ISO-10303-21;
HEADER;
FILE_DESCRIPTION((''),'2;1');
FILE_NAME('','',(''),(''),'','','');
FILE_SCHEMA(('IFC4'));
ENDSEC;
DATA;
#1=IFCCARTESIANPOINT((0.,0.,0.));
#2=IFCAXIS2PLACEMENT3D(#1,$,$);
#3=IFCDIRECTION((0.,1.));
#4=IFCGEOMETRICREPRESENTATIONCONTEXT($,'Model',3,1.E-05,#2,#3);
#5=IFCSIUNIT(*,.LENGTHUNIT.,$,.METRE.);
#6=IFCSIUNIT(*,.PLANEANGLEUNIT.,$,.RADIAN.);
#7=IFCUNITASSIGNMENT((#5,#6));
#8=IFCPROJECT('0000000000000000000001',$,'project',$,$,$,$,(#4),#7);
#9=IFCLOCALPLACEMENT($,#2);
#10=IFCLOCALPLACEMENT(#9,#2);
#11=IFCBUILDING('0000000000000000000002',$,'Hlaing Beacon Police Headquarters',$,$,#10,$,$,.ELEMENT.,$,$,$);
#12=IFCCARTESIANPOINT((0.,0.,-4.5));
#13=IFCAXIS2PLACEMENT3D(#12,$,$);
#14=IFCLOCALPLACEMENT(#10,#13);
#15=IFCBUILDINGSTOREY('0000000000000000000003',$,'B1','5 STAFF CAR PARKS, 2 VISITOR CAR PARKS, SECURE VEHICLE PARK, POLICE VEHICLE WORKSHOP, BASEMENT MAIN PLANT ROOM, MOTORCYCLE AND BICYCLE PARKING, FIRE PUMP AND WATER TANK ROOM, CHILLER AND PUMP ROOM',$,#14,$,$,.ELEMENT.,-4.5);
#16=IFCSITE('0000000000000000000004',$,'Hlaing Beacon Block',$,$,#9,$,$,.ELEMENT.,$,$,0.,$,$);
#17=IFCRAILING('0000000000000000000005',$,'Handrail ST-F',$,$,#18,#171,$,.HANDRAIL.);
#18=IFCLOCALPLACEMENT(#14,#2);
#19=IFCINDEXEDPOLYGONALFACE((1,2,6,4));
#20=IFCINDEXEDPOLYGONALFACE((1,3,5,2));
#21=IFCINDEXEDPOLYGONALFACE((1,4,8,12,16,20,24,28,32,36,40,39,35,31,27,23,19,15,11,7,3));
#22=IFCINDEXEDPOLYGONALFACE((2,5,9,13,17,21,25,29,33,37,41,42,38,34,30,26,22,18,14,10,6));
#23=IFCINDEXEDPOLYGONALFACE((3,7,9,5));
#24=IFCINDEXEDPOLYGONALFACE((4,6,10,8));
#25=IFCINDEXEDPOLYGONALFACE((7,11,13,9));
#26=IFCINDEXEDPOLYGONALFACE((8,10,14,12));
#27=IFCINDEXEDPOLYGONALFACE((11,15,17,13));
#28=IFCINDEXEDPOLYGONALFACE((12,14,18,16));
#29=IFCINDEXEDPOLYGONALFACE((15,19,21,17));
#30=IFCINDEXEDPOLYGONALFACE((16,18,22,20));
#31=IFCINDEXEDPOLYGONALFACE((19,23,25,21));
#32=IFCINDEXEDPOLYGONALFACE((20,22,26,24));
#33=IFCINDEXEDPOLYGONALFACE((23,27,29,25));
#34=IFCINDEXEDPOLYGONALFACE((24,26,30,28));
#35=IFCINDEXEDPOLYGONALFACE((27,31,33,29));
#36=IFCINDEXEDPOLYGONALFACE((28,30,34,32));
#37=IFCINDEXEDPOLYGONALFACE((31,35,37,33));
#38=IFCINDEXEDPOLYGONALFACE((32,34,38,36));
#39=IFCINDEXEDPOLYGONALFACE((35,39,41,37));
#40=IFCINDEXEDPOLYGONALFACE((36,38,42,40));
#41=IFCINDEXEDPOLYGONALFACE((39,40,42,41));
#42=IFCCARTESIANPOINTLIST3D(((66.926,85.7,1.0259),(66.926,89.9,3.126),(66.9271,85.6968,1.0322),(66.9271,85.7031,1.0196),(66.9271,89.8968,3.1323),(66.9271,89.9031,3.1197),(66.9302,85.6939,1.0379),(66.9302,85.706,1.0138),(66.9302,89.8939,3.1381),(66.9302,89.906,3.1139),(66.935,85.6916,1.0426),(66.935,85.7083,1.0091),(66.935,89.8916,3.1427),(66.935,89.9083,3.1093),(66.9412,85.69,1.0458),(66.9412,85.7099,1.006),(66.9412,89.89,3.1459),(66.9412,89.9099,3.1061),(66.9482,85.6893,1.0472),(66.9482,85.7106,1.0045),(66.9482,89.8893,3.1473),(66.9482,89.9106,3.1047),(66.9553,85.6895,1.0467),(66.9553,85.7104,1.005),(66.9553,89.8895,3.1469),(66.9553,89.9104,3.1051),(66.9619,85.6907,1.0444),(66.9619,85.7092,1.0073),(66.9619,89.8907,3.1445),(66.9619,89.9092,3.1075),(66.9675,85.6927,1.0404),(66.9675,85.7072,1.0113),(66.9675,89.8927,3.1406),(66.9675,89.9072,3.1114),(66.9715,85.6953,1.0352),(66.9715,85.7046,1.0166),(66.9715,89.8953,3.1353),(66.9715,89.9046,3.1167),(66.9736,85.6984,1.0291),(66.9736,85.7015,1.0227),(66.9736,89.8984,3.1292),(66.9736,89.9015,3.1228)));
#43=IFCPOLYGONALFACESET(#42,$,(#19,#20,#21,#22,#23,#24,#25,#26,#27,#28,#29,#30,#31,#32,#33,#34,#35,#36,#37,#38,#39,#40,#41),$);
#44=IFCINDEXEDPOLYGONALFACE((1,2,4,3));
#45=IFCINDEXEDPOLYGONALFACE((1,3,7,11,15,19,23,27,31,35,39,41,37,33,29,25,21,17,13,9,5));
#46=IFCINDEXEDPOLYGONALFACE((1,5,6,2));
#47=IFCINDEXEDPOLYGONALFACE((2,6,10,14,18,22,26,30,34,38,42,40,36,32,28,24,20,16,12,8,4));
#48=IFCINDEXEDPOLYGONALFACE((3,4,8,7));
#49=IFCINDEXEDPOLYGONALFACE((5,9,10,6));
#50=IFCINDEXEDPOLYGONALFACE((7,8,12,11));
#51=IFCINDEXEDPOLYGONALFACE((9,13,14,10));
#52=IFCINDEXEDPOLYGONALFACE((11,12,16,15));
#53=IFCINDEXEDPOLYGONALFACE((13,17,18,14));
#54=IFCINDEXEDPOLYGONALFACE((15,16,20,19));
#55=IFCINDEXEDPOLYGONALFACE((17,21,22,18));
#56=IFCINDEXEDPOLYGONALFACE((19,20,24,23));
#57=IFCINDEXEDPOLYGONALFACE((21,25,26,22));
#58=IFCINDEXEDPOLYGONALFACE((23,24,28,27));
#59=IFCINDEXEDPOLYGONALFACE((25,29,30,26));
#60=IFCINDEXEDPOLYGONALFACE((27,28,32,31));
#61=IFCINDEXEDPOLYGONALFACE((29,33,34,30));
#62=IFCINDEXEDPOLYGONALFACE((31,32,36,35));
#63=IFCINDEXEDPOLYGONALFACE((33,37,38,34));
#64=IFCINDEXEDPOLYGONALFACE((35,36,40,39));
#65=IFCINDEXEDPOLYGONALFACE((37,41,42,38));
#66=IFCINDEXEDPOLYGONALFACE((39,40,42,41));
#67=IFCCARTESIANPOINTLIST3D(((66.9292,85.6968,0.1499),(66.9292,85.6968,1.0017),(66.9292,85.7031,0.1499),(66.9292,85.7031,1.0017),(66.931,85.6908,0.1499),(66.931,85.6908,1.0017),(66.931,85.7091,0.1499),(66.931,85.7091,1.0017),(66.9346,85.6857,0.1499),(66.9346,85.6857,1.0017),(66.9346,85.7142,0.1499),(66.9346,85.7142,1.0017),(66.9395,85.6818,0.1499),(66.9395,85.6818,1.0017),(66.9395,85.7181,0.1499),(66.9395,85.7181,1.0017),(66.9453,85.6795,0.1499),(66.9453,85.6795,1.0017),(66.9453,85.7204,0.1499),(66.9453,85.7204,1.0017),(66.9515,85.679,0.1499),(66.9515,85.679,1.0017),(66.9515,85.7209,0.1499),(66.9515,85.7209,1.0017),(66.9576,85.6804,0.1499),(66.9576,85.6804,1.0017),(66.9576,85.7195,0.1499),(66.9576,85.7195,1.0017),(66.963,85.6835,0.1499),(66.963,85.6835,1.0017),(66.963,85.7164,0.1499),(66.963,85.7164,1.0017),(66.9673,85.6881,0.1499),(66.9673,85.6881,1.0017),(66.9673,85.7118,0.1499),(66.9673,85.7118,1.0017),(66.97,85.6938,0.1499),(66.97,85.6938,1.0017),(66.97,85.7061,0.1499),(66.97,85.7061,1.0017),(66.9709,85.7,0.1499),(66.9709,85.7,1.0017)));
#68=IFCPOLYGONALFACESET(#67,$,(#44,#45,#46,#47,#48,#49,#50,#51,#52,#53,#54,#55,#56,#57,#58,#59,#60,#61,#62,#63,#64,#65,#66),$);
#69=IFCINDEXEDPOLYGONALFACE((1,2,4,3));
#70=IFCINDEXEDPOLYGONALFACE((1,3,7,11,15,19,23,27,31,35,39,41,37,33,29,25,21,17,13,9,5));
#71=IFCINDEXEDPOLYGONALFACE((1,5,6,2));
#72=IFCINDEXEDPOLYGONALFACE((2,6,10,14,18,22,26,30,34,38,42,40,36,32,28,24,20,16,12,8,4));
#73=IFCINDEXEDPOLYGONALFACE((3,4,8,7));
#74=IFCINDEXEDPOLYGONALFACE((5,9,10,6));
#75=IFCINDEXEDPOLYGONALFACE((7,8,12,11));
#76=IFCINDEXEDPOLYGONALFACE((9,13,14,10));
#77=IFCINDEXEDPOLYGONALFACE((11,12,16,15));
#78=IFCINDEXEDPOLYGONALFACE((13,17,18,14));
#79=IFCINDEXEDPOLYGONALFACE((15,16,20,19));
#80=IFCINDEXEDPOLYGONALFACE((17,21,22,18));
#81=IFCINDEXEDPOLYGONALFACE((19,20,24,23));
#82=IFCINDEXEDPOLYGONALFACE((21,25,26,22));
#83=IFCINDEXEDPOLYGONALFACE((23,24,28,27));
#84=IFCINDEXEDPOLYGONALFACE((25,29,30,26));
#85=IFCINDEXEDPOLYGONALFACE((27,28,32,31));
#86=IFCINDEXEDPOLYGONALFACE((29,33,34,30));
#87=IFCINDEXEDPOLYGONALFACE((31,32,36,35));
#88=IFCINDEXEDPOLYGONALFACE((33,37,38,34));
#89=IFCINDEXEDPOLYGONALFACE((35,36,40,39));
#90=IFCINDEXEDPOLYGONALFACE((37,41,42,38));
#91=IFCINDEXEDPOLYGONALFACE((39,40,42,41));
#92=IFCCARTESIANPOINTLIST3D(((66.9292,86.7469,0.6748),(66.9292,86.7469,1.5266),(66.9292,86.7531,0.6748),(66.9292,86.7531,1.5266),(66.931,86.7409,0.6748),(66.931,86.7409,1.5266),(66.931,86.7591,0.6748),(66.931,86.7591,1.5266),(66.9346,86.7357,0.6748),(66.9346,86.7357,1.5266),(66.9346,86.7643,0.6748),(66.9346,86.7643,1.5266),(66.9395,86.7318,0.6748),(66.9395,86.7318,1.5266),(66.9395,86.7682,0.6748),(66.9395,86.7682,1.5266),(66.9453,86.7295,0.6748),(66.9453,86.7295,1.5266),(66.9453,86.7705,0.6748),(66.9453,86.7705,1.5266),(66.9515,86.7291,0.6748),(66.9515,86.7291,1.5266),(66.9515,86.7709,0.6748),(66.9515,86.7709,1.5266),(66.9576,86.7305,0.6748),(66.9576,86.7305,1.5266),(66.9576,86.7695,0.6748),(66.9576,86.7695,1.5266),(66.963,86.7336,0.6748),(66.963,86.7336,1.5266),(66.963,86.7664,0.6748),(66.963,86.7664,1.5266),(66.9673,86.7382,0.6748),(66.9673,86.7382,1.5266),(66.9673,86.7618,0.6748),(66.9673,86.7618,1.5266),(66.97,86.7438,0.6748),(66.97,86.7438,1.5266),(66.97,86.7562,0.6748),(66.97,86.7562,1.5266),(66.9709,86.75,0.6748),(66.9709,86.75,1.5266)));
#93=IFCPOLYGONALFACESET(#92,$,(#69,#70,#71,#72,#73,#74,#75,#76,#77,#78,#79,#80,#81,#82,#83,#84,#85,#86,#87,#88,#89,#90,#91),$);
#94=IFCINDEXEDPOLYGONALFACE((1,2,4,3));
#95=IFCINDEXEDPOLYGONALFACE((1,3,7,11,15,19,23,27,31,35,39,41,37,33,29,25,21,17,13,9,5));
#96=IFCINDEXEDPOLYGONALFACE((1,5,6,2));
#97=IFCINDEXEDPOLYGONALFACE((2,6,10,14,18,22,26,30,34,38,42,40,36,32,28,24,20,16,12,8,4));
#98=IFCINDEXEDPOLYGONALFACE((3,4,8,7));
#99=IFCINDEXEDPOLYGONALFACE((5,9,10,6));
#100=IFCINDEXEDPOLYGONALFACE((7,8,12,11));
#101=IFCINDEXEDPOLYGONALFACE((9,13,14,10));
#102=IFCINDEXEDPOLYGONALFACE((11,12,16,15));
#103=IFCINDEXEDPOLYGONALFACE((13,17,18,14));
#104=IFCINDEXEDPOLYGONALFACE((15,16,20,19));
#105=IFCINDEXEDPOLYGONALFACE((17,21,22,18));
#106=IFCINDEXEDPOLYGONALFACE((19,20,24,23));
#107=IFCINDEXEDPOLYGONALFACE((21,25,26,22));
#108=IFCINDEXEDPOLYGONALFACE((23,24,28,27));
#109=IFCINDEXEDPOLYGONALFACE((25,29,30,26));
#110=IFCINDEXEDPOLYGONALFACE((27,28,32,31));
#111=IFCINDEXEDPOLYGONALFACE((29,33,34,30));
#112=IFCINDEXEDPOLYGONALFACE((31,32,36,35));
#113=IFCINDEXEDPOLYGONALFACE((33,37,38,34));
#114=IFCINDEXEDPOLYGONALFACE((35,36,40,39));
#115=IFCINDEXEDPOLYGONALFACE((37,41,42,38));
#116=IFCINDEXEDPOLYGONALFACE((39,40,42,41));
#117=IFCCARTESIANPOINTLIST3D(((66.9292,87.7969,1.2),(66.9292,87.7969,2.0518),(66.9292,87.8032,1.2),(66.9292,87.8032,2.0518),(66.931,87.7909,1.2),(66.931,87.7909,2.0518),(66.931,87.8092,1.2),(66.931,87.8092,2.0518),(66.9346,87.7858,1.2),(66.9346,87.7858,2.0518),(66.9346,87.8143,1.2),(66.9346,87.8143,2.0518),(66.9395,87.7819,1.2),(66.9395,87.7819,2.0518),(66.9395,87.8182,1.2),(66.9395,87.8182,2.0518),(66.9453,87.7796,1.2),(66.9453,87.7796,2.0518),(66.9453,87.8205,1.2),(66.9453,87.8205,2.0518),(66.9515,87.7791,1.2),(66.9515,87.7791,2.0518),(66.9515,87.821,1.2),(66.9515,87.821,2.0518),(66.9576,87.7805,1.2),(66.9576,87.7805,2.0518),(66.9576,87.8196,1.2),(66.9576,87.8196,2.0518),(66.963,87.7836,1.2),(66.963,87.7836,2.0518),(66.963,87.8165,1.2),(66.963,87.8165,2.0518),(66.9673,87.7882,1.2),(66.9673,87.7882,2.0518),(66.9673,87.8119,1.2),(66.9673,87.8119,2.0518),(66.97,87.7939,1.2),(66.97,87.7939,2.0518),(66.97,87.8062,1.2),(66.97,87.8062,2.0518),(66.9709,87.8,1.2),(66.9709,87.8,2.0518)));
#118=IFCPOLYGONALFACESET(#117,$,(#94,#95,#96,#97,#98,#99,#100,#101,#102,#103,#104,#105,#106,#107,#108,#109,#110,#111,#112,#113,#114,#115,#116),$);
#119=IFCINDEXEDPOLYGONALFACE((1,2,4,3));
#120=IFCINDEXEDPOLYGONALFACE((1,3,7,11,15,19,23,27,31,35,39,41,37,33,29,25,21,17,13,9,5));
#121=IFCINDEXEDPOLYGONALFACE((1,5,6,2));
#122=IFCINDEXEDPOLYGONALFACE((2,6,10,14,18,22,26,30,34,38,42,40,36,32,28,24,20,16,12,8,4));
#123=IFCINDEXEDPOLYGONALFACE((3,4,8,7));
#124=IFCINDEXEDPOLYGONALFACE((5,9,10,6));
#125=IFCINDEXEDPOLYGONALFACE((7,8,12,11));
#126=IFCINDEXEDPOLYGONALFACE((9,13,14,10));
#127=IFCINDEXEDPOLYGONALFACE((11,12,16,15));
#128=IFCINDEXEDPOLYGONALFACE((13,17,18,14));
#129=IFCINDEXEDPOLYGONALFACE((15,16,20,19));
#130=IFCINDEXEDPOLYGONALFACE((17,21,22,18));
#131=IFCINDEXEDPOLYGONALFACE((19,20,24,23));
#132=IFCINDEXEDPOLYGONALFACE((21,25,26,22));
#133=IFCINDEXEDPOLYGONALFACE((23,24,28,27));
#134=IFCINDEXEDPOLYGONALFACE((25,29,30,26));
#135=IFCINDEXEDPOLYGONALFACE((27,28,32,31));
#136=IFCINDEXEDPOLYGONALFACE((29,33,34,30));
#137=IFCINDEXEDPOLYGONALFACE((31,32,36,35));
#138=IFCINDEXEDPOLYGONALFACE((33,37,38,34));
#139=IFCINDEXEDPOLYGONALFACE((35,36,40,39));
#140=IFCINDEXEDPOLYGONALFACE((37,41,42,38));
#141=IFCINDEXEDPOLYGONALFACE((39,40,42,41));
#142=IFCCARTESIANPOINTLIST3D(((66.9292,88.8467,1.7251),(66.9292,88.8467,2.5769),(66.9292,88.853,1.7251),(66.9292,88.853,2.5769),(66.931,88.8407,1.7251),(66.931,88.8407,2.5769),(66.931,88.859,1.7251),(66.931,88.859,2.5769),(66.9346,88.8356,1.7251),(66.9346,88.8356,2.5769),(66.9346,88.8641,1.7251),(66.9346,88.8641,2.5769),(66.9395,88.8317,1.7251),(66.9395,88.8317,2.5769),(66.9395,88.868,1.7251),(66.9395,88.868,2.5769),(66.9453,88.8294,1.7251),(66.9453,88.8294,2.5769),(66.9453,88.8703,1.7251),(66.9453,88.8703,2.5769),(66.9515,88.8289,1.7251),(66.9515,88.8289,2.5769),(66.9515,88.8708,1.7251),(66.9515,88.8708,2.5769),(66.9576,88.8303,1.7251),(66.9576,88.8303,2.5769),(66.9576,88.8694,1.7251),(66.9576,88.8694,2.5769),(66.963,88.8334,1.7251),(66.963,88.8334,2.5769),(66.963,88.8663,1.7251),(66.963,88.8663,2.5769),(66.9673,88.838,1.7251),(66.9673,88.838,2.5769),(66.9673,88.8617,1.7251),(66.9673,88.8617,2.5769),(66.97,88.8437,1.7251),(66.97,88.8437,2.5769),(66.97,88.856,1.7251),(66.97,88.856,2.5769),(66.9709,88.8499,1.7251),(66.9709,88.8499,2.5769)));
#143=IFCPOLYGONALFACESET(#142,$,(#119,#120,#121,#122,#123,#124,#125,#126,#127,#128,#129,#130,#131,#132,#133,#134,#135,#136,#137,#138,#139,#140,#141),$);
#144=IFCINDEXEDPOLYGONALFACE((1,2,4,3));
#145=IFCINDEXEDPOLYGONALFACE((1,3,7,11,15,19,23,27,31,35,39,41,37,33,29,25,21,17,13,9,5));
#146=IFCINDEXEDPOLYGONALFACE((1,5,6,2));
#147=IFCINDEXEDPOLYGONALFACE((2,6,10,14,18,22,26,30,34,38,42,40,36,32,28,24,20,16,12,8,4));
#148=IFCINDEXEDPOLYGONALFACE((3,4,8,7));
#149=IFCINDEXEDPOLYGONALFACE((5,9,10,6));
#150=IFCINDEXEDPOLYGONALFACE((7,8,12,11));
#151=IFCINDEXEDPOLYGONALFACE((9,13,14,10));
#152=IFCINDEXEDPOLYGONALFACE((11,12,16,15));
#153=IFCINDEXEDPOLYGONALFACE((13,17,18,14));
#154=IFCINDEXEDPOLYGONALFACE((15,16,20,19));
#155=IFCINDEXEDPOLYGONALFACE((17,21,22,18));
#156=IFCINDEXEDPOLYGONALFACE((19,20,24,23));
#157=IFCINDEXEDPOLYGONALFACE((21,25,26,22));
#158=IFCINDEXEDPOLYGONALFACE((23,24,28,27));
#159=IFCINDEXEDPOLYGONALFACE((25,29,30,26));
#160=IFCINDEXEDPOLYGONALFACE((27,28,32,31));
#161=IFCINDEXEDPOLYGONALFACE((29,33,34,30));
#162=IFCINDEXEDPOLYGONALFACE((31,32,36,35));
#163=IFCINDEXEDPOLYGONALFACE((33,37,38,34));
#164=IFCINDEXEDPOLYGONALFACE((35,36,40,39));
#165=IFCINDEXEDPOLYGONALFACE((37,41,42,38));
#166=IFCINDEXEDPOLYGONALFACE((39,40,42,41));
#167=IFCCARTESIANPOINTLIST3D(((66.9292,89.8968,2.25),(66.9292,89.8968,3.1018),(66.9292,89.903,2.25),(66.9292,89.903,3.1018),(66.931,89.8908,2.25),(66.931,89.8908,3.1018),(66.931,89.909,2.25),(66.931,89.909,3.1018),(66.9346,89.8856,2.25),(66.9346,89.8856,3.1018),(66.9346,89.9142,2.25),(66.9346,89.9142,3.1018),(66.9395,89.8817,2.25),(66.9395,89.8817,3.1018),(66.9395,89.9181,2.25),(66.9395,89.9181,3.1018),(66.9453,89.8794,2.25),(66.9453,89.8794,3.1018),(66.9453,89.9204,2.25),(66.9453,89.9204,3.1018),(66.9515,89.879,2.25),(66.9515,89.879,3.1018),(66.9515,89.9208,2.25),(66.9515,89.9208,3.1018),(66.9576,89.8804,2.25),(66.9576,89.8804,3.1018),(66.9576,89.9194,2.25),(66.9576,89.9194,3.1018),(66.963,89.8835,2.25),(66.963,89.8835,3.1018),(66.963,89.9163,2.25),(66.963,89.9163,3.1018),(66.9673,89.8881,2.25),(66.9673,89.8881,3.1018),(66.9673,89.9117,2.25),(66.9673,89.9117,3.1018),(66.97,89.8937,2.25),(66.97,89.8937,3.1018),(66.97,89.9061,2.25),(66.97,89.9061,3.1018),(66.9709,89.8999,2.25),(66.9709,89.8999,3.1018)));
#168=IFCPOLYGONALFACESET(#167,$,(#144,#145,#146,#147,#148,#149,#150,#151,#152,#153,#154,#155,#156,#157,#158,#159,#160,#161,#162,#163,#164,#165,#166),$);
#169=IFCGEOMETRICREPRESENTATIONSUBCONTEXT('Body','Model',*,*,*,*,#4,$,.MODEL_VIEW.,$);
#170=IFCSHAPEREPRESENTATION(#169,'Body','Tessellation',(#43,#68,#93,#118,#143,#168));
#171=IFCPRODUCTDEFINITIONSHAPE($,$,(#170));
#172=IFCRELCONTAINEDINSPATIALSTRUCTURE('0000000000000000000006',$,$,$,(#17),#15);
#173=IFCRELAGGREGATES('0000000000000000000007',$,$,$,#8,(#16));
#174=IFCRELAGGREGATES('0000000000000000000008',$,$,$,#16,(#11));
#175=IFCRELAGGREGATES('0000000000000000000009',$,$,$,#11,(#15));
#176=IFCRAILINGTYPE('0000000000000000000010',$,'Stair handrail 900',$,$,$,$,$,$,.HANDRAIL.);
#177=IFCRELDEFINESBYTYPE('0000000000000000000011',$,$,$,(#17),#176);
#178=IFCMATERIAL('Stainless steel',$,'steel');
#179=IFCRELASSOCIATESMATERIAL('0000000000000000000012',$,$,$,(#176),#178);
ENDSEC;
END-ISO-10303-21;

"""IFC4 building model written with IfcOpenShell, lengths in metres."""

from ifc_helpers import new_model, si_unit, direction, frame, origin, origin_2d, place, context, subcontext, project, spatial, circle, extrude, material, type_object, element, save


model = new_model("IFC4")

# Units and contexts
model_context = context("Model", 3, precision=1e-05, world=origin(), true_north=direction((0.0, 1.0)))
body_context = subcontext(model_context, "Body", "Model", "MODEL_VIEW")
ifc_project = project(units=[si_unit("LENGTHUNIT", "METRE"), si_unit("PLANEANGLEUNIT", "RADIAN")], contexts=[model_context])

# Site, building, storey
site_placement = place(None, origin())
site = spatial("IfcSite", under=ifc_project, at=site_placement, Name="Hlaing Beacon Block", CompositionType="ELEMENT", RefElevation=0.0)
building_placement = place(site_placement, origin())
building = spatial("IfcBuilding", under=site, at=building_placement, Name="Hlaing Beacon Police Headquarters", CompositionType="ELEMENT")
storey_placement = place(building_placement, frame((0.0, 0.0, -4.5)))
storey = spatial("IfcBuildingStorey", under=building, at=storey_placement, Name="B1", Description="5 STAFF CAR PARKS, 2 VISITOR CAR PARKS, SECURE VEHICLE PARK, POLICE VEHICLE WORKSHOP, BASEMENT MAIN PLANT ROOM, MOTORCYCLE AND BICYCLE PARKING, FIRE PUMP AND WATER TANK ROOM, CHILLER AND PUMP ROOM", CompositionType="ELEMENT", Elevation=-4.5)

# Railing
ifc_material_1 = material(Name="Stainless steel", Category="steel")
railing_type = type_object("IfcRailingType", Name="Stair handrail 900", PredefinedType="HANDRAIL", material=ifc_material_1)
for number, where, name in (
    (1, (66.95, 85.7, 0.1499), "Handrail ST-F"),
):
    element("IfcRailing", number, at=place(storey_placement, frame(where)), inside=storey, type_object=railing_type, Name=name, PredefinedType="HANDRAIL", context=body_context, shape_type="SweptSolid", body=[
        extrude(circle(Radius=0.0239, at=origin_2d()), frame((0.0, 0.0, 0.876), z_axis=(0.0, 0.894417, 0.447234), x_axis=(-1.0, 0.0, 0.0)), (0.0, 0.0, 1.0), 4.6958),
        extrude(circle(Radius=0.021, at=origin_2d()), origin(), (0.0, 0.0, 1.0), 0.8518),
        extrude(circle(Radius=0.021, at=origin_2d()), frame((0.0, 1.05, 0.5249)), (0.0, 0.0, 1.0), 0.8518),
        extrude(circle(Radius=0.021, at=origin_2d()), frame((0.0, 2.1001, 1.05)), (0.0, 0.0, 1.0), 0.8518),
        extrude(circle(Radius=0.021, at=origin_2d()), frame((0.0, 3.1499, 1.5752)), (0.0, 0.0, 1.0), 0.8518),
        extrude(circle(Radius=0.021, at=origin_2d()), frame((0.0, 4.2, 2.1001)), (0.0, 0.0, 1.0), 0.8518),
    ])

save(model, "model.ifc")
